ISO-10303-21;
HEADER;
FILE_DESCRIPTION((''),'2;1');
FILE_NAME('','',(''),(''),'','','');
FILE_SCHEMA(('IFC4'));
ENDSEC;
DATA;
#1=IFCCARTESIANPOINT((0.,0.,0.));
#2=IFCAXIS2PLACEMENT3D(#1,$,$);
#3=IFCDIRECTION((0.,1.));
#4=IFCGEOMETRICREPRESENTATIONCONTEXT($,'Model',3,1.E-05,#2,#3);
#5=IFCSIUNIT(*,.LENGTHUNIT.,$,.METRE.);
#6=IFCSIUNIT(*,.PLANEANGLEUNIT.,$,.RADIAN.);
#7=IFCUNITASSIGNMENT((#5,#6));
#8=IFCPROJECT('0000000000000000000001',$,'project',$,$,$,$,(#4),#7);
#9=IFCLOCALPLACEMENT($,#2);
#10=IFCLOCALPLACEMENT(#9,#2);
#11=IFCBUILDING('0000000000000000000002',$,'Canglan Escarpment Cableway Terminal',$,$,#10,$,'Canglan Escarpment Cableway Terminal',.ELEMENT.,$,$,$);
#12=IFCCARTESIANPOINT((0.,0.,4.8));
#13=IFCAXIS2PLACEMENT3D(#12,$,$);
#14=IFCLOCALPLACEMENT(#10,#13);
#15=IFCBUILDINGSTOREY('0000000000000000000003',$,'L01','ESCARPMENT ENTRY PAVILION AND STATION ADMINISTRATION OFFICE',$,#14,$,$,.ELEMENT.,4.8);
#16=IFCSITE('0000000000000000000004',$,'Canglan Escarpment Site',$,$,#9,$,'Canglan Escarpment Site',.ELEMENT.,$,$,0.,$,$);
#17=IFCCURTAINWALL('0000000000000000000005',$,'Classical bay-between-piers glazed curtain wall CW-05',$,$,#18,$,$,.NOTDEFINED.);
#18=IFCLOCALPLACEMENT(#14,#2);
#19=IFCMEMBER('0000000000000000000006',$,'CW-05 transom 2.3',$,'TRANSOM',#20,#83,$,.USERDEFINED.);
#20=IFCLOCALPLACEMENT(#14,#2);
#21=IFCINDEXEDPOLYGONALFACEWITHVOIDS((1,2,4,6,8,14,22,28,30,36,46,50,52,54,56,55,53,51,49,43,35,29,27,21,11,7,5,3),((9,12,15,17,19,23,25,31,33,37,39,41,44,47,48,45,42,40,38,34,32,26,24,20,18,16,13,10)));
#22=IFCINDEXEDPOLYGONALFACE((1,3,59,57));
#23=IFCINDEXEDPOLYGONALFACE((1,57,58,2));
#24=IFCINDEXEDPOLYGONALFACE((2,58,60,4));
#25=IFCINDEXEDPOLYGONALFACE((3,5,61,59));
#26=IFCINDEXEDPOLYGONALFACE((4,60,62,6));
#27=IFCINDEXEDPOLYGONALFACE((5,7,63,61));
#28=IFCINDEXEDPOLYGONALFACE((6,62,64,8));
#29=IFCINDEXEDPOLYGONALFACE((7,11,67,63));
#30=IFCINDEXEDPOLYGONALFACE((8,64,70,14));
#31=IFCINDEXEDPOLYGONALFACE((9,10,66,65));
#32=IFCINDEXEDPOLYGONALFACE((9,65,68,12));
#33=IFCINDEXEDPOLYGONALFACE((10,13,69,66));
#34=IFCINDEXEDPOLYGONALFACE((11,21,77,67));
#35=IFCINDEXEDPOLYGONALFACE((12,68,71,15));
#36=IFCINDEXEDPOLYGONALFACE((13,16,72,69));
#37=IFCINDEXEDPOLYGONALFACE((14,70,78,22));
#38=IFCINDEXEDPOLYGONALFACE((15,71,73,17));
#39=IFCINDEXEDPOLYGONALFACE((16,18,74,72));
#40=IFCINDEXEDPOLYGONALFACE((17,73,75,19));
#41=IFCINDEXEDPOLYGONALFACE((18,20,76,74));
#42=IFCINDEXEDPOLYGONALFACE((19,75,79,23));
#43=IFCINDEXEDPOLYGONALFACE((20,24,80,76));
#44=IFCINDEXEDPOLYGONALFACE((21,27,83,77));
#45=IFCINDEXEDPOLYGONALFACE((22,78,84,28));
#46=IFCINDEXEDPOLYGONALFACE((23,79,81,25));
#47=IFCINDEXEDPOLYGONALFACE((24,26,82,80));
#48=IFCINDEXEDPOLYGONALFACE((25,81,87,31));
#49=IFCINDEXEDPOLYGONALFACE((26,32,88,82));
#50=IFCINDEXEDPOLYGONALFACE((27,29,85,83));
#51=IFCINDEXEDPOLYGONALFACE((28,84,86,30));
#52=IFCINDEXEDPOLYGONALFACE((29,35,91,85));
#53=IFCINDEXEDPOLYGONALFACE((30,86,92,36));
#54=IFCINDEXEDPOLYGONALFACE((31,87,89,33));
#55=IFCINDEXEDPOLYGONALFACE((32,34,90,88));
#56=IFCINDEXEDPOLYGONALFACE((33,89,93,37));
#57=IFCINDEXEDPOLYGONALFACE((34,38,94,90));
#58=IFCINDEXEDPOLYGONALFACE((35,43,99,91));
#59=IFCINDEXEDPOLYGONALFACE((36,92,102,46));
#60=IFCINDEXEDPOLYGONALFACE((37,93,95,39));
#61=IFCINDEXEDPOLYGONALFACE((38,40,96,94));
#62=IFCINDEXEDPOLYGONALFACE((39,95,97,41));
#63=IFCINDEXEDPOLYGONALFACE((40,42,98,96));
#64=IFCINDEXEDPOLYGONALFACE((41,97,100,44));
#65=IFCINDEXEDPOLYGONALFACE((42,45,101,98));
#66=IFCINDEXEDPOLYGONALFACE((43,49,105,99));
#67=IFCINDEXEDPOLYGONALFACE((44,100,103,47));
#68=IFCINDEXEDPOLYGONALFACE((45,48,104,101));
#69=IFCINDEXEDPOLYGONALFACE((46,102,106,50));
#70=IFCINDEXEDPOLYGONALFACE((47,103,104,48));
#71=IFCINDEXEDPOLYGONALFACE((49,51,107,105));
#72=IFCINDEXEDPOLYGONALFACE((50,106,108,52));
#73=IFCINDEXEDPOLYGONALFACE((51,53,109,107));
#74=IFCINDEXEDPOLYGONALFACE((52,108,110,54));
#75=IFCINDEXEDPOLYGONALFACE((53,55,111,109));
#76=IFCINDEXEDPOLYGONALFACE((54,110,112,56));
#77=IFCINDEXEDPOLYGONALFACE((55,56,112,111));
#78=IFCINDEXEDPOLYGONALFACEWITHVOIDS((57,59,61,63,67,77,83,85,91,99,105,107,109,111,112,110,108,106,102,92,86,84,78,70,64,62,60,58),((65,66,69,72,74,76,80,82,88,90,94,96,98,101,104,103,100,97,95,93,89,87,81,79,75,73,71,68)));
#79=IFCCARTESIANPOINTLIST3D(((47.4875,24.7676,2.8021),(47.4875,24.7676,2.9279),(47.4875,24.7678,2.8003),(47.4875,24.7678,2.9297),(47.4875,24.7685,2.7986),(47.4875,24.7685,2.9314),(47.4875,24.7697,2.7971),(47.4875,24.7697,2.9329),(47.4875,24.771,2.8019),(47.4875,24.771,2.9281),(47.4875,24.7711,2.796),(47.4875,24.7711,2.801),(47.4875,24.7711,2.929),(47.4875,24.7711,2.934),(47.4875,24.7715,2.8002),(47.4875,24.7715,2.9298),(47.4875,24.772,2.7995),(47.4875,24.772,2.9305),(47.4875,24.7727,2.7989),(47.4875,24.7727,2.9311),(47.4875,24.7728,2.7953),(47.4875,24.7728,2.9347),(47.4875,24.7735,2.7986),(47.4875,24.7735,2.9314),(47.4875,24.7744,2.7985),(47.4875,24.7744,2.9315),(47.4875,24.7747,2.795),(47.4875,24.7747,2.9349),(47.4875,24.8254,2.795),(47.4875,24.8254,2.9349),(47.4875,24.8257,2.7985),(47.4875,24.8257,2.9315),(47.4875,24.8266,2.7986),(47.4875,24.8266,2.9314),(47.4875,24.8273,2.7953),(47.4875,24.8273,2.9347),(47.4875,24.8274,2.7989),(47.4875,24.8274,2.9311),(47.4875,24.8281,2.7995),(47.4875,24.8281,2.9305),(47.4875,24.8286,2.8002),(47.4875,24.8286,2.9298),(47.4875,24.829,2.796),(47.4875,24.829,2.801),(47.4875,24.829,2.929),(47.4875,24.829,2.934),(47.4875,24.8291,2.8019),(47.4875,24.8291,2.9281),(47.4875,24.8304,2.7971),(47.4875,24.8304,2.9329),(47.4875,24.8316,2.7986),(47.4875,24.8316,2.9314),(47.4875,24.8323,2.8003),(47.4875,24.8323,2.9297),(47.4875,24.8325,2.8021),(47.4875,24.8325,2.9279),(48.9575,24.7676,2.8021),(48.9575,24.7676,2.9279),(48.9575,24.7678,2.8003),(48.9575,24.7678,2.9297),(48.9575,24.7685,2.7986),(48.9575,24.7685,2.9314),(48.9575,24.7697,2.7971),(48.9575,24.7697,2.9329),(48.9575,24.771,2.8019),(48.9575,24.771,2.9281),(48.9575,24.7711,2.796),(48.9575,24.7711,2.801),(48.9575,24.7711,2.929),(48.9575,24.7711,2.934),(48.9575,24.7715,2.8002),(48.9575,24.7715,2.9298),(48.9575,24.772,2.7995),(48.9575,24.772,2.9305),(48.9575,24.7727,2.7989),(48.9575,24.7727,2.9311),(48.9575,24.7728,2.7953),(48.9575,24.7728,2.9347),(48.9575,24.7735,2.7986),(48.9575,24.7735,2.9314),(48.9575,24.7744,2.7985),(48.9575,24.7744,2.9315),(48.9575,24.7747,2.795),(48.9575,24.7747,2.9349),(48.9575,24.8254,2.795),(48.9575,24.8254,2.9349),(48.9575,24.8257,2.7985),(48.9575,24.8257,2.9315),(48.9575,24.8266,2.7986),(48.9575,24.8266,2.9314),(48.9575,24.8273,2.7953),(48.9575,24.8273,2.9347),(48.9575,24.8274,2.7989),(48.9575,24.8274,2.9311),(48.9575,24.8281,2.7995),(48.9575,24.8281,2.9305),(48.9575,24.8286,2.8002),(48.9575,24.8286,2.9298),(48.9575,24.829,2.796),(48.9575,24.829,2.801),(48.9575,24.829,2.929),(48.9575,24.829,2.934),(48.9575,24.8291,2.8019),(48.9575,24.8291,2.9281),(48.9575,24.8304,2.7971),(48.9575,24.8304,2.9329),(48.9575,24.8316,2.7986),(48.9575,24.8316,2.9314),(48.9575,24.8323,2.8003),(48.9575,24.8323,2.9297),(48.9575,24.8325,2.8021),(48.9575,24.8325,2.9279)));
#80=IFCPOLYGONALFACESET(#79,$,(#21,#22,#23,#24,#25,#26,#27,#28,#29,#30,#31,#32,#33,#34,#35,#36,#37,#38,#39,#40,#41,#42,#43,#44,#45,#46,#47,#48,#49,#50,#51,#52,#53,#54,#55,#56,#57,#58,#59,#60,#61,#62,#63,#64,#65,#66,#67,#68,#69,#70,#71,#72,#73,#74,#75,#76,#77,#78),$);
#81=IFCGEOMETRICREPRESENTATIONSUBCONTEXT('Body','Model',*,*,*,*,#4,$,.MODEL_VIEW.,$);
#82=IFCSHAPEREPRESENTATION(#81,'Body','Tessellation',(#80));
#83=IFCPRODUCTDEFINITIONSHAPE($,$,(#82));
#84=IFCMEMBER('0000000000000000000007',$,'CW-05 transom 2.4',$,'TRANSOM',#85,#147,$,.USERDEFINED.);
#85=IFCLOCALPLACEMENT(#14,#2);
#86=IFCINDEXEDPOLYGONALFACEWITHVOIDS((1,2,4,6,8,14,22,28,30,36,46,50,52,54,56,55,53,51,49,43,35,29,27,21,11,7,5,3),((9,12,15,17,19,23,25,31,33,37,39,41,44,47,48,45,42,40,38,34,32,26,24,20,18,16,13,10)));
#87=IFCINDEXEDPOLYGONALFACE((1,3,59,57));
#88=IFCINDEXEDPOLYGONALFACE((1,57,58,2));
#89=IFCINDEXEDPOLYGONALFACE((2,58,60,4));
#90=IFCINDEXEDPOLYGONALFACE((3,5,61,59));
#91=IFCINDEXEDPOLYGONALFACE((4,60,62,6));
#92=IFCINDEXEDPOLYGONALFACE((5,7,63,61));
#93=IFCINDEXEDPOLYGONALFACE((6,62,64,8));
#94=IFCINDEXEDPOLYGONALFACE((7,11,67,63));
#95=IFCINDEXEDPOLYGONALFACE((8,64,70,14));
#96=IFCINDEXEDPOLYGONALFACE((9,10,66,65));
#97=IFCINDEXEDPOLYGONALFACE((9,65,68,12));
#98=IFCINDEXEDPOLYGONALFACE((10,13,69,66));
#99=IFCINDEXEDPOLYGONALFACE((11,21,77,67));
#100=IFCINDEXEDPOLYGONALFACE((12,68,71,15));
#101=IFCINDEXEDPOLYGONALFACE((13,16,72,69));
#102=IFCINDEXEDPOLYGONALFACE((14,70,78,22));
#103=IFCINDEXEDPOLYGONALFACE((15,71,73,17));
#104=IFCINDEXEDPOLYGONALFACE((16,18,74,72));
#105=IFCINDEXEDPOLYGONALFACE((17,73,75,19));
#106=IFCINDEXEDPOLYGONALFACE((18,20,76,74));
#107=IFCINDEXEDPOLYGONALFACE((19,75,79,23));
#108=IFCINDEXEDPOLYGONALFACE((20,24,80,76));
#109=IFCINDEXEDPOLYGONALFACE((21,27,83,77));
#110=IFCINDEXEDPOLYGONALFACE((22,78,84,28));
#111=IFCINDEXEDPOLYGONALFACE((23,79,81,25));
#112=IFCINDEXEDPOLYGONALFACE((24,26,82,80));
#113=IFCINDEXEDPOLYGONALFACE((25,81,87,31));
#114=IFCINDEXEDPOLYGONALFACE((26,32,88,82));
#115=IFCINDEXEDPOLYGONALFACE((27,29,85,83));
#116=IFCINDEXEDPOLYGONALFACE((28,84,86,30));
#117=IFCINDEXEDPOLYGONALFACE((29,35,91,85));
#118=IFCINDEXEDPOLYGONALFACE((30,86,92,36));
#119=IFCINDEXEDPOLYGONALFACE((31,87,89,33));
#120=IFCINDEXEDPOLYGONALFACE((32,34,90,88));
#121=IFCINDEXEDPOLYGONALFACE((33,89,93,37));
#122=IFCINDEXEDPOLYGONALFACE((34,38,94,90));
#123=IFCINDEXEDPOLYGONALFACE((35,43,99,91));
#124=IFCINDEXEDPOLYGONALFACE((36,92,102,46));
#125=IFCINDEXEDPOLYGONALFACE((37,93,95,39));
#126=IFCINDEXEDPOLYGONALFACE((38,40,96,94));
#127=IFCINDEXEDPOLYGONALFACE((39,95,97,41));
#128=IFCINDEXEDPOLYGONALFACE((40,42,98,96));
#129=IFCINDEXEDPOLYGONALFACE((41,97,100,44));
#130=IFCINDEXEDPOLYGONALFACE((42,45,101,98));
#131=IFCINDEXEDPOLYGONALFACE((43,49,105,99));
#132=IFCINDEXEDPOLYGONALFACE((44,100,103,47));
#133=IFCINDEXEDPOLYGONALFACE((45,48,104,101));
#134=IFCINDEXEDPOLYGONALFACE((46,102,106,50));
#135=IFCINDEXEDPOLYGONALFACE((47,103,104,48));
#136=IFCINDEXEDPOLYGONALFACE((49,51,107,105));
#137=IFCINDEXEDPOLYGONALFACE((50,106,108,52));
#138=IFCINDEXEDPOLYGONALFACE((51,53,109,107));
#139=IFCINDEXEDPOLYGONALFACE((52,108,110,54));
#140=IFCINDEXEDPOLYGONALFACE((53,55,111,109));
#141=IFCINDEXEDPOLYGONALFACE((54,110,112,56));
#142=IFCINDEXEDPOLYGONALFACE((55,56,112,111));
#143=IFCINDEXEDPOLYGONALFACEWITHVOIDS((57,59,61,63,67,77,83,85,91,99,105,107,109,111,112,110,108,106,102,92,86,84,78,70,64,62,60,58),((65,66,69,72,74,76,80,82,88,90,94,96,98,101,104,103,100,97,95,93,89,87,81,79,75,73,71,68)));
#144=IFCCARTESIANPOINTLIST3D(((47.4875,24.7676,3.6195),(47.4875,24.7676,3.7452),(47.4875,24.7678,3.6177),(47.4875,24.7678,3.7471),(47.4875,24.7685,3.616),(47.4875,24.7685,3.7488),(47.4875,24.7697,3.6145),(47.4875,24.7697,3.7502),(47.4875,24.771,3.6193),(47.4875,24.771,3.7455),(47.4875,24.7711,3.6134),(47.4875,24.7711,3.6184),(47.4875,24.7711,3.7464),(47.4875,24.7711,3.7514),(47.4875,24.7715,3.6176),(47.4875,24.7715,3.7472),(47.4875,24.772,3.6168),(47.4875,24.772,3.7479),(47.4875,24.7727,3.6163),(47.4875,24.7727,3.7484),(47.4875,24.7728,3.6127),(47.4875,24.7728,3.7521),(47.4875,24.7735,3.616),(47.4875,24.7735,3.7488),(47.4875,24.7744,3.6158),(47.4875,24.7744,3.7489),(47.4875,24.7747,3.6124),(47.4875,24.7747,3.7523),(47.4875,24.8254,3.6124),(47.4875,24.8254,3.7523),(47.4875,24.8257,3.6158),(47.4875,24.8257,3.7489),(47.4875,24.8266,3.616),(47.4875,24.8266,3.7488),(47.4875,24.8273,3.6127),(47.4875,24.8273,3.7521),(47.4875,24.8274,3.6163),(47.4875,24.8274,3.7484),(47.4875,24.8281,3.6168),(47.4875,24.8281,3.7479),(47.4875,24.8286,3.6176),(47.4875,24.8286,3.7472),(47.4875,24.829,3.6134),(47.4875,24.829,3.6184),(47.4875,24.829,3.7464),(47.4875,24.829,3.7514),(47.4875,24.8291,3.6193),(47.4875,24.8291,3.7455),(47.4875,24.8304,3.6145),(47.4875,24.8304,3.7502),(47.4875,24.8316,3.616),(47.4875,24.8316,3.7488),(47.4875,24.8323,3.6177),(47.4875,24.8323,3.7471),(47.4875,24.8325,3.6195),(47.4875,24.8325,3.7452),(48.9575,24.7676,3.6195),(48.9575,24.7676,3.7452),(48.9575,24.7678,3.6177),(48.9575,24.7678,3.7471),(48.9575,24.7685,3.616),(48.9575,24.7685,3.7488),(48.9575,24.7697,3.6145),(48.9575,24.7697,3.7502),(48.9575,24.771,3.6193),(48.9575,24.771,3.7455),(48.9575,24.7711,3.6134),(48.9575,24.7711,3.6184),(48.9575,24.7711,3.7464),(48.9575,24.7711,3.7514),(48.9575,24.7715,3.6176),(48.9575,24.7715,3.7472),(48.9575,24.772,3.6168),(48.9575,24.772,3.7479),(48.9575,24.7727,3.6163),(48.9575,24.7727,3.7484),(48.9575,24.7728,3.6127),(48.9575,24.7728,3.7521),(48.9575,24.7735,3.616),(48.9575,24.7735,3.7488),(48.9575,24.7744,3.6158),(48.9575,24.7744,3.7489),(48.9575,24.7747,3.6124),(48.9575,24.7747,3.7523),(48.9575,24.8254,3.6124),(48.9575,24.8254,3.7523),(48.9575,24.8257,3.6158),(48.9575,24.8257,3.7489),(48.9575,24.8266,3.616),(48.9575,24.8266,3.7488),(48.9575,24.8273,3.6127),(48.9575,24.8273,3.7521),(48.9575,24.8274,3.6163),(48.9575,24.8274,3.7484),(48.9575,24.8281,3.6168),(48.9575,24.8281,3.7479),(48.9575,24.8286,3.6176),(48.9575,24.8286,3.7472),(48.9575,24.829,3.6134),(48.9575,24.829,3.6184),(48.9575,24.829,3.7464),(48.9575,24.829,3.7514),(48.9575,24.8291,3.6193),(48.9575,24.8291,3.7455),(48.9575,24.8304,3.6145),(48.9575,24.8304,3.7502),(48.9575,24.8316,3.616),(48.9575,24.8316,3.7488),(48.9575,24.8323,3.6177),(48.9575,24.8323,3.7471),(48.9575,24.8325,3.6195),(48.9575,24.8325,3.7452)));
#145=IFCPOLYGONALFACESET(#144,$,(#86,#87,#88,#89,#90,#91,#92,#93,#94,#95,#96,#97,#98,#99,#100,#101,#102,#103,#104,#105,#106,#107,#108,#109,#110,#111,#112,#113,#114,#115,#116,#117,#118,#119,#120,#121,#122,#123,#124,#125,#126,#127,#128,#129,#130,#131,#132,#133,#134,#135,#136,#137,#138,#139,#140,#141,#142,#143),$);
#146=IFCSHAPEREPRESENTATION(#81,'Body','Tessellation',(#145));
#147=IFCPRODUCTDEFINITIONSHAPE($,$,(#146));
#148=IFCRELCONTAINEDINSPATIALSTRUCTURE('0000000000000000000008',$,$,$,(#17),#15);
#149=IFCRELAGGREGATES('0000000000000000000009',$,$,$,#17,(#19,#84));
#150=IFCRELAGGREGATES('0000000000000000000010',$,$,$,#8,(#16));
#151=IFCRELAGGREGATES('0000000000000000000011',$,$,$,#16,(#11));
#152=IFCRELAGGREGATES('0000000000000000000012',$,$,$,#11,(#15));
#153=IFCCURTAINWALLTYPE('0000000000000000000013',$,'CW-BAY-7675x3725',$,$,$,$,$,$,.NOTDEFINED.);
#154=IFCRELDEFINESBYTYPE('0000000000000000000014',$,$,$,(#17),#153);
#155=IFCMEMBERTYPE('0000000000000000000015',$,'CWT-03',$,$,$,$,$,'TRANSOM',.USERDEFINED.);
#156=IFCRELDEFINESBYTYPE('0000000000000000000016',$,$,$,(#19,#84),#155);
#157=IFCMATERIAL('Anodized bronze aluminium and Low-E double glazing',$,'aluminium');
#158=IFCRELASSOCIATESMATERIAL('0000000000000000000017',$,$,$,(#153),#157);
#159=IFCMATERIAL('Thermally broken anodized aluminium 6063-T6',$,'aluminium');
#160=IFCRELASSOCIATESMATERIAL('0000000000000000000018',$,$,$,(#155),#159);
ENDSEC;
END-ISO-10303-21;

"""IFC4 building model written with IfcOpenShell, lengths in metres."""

from ifc_helpers import new_model, si_unit, direction, frame, origin, origin_2d, place, context, subcontext, project, spatial, hollow_rectangle, extrude, material, material_profile, profile_set, type_object, element, aggregate, save


model = new_model("IFC4")

# Units and contexts
model_context = context("Model", 3, precision=1e-05, world=origin(), true_north=direction((0.0, 1.0)))
body_context = subcontext(model_context, "Body", "Model", "MODEL_VIEW")
ifc_project = project(units=[si_unit("LENGTHUNIT", "METRE"), si_unit("PLANEANGLEUNIT", "RADIAN")], contexts=[model_context])

# Site, building, storey
site_placement = place(None, origin())
site = spatial("IfcSite", under=ifc_project, at=site_placement, Name="Canglan Escarpment Site", LongName="Canglan Escarpment Site", CompositionType="ELEMENT", RefElevation=0.0)
building_placement = place(site_placement, origin())
building = spatial("IfcBuilding", under=site, at=building_placement, Name="Canglan Escarpment Cableway Terminal", LongName="Canglan Escarpment Cableway Terminal", CompositionType="ELEMENT")
storey_placement = place(building_placement, frame((0.0, 0.0, 4.8)))
storey = spatial("IfcBuildingStorey", under=building, at=storey_placement, Name="L01", Description="ESCARPMENT ENTRY PAVILION AND STATION ADMINISTRATION OFFICE", CompositionType="ELEMENT", Elevation=4.8)

# Shared definitions
ifc_material_1 = material(Name="Anodized bronze aluminium and Low-E double glazing", Category="aluminium")
ifc_material_2 = material(Name="Thermally broken anodized aluminium 6063-T6", Category="aluminium")

# Curtain wall, members
curtain_wall_type_1 = type_object("IfcCurtainWallType", Name="CW-BAY-7675x3725", PredefinedType="NOTDEFINED", material=ifc_material_1)
curtain_wall_1_placement = place(storey_placement, origin())
curtain_wall_1 = element("IfcCurtainWall", 1, at=curtain_wall_1_placement, inside=storey, type_object=curtain_wall_type_1, Name="Classical bay-between-piers glazed curtain wall CW-05", PredefinedType="NOTDEFINED")
ifc_material_profile_1 = material_profile(ifc_material_2, hollow_rectangle(XDim=0.0649, YDim=0.1399, WallThickness=0.0034, InnerFilletRadius=0.0034, OuterFilletRadius=0.0071, at=origin_2d()), Name="ALU-TRAN 65x140x3.5")
ifc_profile_set_1 = profile_set([ifc_material_profile_1], Name="Thermally broken anodized aluminium 6063-T6")
member_type_1 = type_object("IfcMemberType", Name="CWT-03", ElementType="TRANSOM", PredefinedType="USERDEFINED", material=ifc_profile_set_1)
member_1_placement = place(storey_placement, frame((48.9575, 24.8, 2.865), z_axis=(-1.0, 0.0, 0.0), x_axis=(0.0, -1.0, 0.0)))
member_1 = element("IfcMember", 2, at=member_1_placement, type_object=member_type_1, Name="CW-05 transom 2.3", ObjectType="TRANSOM", PredefinedType="USERDEFINED", context=body_context, shape_type="SweptSolid", body=[
    extrude(hollow_rectangle(XDim=0.0649, YDim=0.1399, WallThickness=0.0034, InnerFilletRadius=0.0034, OuterFilletRadius=0.0071, at=origin_2d()), origin(), (0.0, 0.0, 1.0), 1.47),
])
member_2_placement = place(storey_placement, frame((48.9575, 24.8, 3.6824), z_axis=(-1.0, 0.0, 0.0), x_axis=(0.0, -1.0, 0.0)))
member_2 = element("IfcMember", 3, at=member_2_placement, type_object=member_type_1, Name="CW-05 transom 2.4", ObjectType="TRANSOM", PredefinedType="USERDEFINED", context=body_context, shape_type="SweptSolid", body=[
    extrude(hollow_rectangle(XDim=0.0649, YDim=0.1399, WallThickness=0.0034, InnerFilletRadius=0.0034, OuterFilletRadius=0.0071, at=origin_2d()), origin(), (0.0, 0.0, 1.0), 1.47),
])

aggregate(curtain_wall_1, [member_1, member_2])

save(model, "model.ifc")
